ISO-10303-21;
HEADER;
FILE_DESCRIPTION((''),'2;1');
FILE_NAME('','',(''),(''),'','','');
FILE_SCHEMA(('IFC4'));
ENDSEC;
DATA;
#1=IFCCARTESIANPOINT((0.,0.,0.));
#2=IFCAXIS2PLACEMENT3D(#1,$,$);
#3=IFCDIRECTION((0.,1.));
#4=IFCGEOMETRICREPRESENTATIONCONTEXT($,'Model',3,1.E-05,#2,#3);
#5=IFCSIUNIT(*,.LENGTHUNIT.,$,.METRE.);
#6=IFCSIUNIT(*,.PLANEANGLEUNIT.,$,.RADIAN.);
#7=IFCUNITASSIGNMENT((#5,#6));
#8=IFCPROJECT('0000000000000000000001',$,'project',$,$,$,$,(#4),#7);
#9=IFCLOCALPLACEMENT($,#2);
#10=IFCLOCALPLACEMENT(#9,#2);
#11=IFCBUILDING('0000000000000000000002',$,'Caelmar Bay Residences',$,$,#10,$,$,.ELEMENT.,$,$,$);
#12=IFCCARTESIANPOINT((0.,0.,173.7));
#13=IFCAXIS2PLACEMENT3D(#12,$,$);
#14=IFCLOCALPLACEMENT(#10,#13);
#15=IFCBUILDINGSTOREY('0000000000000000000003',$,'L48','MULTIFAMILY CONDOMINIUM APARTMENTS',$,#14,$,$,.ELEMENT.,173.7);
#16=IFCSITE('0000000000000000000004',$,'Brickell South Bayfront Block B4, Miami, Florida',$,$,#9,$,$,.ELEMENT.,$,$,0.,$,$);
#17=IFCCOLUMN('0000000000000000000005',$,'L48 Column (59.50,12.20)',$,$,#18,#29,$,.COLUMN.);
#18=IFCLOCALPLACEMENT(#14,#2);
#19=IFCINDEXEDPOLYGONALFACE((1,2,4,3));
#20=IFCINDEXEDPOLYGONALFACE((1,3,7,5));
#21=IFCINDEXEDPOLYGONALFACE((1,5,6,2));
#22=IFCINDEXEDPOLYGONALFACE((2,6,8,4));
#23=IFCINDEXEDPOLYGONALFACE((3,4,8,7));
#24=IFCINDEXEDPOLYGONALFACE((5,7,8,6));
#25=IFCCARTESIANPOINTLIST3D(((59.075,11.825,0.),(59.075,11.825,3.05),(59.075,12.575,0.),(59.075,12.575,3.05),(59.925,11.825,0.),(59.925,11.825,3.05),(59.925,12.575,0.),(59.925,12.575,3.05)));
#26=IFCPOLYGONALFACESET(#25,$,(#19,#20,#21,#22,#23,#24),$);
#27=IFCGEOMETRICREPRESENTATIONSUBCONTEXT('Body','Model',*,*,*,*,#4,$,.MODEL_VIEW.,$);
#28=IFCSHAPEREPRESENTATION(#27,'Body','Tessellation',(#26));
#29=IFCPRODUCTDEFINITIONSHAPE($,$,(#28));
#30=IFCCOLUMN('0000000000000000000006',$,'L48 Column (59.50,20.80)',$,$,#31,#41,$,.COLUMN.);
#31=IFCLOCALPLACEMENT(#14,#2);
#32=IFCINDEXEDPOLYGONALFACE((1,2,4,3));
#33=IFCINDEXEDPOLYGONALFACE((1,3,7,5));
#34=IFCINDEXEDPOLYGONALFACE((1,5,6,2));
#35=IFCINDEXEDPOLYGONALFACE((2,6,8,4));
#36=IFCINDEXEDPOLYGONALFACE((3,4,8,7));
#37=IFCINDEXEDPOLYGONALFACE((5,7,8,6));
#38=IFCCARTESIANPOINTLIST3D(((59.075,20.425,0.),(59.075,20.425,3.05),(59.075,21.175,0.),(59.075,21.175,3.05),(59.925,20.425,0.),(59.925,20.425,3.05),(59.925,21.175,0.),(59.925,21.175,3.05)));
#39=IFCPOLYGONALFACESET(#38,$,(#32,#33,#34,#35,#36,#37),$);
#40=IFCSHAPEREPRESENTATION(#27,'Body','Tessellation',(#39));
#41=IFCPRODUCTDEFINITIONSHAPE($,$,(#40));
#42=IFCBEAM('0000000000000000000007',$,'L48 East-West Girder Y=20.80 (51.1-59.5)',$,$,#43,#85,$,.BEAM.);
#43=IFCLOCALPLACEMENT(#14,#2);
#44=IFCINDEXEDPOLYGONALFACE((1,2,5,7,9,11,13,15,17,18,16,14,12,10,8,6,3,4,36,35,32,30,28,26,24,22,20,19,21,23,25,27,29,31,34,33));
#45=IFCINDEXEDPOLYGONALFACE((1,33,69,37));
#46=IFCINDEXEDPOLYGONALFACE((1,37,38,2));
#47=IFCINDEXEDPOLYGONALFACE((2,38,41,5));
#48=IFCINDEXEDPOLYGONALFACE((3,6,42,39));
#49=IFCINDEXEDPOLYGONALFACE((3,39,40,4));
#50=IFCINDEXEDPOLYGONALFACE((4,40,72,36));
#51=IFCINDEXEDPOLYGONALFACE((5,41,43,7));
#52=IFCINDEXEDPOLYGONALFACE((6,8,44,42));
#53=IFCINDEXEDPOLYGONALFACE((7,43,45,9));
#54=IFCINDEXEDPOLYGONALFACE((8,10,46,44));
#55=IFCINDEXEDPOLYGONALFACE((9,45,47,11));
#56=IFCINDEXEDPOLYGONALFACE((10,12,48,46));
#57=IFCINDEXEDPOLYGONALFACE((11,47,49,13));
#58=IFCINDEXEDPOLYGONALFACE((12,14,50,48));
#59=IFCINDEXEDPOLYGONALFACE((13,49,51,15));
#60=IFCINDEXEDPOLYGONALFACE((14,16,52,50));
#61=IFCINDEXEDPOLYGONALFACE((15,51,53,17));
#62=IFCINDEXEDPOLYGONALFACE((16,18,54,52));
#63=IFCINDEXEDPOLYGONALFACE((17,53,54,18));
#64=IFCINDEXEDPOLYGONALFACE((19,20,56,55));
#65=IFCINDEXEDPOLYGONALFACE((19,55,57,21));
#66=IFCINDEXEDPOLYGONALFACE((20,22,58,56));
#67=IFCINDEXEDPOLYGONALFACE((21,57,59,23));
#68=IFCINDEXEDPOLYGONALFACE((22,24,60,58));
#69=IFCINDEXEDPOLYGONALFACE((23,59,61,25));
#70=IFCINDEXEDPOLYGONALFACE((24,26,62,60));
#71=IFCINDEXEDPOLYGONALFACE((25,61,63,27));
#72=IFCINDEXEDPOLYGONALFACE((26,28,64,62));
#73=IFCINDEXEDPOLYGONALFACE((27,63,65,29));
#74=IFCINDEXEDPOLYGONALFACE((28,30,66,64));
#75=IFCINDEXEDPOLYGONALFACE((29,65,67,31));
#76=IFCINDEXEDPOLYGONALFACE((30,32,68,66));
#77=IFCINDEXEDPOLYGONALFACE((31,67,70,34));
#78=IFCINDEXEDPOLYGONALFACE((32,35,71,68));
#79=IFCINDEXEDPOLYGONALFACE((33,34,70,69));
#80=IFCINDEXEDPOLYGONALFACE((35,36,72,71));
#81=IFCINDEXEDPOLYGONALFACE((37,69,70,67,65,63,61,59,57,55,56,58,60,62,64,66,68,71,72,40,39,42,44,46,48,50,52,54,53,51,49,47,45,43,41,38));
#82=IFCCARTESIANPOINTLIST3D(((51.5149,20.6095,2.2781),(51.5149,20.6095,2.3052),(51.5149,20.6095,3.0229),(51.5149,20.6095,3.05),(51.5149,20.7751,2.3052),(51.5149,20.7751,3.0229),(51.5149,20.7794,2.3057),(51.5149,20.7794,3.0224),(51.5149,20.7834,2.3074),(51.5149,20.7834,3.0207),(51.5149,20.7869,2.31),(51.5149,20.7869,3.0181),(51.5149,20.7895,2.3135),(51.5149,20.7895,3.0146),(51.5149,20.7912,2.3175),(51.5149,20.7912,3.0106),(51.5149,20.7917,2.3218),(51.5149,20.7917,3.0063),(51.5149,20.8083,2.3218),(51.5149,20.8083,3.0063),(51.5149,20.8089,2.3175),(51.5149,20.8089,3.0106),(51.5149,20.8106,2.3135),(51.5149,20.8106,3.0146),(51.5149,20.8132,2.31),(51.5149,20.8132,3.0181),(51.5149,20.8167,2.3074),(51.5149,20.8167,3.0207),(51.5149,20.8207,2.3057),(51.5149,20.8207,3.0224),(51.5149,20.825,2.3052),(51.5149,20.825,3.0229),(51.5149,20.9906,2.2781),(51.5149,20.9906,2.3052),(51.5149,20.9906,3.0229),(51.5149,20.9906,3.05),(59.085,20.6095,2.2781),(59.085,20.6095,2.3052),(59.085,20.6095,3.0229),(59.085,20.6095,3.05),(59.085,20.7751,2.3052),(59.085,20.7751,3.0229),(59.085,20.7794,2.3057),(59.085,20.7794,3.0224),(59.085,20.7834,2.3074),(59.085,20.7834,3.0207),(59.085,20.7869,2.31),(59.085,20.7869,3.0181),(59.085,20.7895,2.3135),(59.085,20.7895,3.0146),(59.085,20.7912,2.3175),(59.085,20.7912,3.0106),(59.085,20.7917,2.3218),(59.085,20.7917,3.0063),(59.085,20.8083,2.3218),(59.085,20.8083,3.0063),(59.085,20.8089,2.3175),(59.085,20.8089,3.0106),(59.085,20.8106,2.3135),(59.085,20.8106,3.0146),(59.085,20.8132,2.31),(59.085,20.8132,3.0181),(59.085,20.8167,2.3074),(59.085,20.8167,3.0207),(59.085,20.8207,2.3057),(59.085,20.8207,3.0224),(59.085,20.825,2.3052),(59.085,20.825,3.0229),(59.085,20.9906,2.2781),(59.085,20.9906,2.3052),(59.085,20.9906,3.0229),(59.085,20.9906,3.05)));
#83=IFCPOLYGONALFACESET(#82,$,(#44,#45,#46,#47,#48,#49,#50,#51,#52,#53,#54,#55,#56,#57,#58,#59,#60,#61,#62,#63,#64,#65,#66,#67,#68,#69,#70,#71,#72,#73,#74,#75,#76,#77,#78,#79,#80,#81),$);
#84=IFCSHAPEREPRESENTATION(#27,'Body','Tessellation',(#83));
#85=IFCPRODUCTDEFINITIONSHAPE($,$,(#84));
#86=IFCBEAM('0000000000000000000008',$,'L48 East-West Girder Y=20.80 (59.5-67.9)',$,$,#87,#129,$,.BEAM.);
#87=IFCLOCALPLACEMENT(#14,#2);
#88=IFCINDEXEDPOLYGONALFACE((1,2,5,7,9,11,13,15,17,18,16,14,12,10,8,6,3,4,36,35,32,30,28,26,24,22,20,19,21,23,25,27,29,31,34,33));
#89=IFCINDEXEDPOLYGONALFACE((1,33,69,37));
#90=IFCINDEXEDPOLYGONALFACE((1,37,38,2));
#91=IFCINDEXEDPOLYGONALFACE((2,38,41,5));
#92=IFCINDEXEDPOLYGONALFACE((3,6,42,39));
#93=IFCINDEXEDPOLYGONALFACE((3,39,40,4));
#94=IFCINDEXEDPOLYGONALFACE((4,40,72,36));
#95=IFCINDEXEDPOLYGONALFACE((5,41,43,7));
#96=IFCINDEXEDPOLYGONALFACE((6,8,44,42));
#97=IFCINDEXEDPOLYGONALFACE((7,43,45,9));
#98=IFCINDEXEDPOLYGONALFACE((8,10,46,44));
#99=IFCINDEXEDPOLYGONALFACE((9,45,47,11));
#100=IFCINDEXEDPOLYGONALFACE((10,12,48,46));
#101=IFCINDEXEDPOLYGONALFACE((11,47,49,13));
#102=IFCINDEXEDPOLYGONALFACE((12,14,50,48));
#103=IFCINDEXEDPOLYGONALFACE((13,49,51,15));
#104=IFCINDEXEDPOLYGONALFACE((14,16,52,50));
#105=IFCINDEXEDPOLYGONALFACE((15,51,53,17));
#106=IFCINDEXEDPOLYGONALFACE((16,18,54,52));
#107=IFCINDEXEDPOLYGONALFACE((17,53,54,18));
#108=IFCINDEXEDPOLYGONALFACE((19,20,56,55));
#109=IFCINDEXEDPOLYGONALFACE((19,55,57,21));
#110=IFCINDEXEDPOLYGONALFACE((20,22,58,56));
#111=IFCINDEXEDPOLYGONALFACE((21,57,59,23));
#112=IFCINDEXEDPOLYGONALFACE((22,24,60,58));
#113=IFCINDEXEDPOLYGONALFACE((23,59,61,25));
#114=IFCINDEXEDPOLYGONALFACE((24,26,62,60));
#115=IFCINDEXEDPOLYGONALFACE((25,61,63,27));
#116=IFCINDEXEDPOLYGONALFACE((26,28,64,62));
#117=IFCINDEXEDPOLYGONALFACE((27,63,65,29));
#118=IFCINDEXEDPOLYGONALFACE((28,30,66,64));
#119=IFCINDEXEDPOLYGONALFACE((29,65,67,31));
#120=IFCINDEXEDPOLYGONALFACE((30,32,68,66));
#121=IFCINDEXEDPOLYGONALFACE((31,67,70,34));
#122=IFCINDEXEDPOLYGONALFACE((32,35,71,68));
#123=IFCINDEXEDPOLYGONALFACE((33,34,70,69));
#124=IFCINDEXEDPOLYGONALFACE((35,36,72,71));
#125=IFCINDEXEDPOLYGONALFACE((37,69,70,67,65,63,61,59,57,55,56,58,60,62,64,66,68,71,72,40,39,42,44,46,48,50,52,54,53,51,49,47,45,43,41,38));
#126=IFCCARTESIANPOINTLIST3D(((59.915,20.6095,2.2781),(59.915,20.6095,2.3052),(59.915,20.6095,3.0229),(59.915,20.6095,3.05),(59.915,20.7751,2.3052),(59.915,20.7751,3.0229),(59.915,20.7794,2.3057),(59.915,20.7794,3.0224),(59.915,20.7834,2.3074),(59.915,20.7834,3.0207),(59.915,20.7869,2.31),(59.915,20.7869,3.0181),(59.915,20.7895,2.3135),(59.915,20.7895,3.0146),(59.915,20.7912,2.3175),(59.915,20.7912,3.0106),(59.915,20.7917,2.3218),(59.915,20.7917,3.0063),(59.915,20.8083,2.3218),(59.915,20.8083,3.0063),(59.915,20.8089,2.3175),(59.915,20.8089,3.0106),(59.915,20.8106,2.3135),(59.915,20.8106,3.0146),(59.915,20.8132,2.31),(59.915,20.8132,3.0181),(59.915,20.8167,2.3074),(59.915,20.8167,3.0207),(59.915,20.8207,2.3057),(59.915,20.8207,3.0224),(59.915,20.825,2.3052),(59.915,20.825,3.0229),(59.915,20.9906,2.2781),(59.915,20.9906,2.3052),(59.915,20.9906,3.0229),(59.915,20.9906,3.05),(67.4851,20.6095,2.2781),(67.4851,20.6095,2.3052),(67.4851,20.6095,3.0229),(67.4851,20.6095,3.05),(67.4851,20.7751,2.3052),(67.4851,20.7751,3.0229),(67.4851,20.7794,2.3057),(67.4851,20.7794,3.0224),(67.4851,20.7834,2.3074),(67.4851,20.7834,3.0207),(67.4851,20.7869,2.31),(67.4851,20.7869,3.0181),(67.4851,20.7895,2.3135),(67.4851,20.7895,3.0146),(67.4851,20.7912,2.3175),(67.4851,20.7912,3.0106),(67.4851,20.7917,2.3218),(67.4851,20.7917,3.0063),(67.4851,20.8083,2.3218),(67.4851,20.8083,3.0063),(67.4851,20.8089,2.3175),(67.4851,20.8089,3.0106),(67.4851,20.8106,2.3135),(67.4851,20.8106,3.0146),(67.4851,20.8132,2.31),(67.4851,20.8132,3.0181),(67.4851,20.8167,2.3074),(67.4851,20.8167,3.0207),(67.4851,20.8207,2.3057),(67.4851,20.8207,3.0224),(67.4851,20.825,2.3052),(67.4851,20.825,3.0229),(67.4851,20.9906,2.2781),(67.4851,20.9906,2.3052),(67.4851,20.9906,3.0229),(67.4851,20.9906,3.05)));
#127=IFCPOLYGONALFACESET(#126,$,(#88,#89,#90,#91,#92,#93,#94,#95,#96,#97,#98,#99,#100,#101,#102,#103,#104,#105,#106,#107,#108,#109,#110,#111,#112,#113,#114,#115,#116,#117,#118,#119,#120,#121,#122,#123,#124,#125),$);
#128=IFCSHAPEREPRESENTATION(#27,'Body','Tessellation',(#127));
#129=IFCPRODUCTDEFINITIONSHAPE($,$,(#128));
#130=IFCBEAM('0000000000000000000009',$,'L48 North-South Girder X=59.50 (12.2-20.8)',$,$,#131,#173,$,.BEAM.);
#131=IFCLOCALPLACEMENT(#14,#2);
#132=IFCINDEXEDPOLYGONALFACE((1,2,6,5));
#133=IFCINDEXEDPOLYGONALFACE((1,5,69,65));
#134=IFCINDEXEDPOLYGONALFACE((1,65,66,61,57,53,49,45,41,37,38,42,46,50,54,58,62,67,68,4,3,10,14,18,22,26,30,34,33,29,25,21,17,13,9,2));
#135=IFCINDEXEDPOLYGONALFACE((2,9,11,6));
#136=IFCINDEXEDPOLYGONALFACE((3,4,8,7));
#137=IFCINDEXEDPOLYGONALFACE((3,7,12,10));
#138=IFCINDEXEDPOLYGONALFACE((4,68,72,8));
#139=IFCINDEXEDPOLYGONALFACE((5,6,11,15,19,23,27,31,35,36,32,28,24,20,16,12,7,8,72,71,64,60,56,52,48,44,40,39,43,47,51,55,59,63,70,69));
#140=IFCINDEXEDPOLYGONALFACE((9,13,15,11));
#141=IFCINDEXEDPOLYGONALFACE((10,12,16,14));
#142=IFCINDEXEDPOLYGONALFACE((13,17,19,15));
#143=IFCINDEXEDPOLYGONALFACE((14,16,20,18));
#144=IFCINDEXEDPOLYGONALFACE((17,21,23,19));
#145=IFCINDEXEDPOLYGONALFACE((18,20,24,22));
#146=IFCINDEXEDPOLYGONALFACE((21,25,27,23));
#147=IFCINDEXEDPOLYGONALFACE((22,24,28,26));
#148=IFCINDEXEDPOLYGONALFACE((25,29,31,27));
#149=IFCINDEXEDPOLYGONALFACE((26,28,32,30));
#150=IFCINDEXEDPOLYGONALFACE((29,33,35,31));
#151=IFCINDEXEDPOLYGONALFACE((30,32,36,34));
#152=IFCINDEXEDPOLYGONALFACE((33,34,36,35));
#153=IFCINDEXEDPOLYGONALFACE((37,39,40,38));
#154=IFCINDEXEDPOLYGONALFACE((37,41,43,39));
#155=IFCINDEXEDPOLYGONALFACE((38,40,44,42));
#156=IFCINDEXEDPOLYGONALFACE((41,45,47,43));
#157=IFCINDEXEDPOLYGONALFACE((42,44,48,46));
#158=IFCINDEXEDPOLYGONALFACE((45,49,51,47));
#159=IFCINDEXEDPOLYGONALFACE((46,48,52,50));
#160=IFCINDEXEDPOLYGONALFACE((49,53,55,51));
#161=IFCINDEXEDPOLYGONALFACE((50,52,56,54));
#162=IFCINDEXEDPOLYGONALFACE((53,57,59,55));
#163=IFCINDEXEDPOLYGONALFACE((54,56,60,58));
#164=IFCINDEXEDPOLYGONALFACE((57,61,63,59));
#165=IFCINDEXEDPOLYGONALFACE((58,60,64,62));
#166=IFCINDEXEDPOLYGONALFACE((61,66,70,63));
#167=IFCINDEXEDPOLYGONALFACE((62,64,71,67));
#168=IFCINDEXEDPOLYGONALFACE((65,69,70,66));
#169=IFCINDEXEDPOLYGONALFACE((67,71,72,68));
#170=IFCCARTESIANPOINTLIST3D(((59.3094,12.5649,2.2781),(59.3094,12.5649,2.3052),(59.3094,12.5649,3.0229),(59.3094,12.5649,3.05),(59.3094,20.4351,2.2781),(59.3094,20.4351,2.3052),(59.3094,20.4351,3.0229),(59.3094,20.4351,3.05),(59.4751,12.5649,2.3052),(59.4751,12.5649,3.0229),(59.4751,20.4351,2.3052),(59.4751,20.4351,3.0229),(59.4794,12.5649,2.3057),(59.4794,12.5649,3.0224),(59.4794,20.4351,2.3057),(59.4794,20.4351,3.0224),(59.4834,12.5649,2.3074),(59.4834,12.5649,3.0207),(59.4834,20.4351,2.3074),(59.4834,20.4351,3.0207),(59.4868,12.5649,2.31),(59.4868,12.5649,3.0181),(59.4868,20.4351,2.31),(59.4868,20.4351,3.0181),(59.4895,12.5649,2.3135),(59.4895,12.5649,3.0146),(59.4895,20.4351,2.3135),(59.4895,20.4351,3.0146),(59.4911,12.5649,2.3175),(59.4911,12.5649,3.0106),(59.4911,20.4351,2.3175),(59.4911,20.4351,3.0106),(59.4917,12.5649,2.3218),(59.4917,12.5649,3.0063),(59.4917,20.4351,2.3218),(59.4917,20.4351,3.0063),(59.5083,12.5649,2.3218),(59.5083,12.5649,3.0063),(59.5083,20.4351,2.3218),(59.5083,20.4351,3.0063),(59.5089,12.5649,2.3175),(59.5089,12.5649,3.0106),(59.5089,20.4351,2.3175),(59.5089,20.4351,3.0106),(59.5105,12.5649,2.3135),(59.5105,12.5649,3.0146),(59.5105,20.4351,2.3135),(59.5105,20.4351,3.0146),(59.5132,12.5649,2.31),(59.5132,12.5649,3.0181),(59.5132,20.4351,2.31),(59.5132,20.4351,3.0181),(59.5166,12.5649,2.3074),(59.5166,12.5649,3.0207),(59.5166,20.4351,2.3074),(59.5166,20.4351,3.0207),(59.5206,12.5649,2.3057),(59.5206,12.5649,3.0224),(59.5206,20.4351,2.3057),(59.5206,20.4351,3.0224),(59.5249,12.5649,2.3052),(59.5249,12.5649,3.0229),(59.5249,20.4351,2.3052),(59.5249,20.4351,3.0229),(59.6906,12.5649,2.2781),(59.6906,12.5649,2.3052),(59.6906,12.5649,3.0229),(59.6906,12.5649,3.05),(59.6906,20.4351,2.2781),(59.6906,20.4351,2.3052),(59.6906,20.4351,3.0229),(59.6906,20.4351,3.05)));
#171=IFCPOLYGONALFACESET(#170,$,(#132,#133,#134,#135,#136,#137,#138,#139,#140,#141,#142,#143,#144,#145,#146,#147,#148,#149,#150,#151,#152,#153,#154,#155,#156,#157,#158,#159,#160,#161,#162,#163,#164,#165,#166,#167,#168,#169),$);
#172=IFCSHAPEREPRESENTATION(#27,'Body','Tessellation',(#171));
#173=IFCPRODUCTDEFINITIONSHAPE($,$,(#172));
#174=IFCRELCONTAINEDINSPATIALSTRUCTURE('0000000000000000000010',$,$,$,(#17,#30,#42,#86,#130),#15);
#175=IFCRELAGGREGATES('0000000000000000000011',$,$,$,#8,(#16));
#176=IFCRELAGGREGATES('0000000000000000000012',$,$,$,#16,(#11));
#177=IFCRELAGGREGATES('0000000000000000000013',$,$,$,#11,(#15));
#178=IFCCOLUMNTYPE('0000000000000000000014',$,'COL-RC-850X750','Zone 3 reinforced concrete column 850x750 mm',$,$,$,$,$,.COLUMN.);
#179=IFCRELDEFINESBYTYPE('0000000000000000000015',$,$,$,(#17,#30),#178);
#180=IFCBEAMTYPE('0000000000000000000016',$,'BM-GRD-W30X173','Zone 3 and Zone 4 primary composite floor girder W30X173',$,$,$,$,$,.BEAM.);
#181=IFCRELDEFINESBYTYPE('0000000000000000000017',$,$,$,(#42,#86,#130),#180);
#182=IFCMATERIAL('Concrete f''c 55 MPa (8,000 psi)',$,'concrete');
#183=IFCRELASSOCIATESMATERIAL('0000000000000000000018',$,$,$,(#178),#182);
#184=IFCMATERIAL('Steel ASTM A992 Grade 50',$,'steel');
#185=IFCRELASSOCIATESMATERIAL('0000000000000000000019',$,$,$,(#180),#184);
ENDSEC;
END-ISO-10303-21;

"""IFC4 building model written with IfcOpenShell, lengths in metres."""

from ifc_helpers import new_model, si_unit, direction, frame, origin, origin_2d, place, context, subcontext, project, spatial, rectangle, i_section, extrude, material, material_profile, profile_set, type_object, element, save


model = new_model("IFC4")

# Units and contexts
model_context = context("Model", 3, precision=1e-05, world=origin(), true_north=direction((0.0, 1.0)))
body_context = subcontext(model_context, "Body", "Model", "MODEL_VIEW")
ifc_project = project(units=[si_unit("LENGTHUNIT", "METRE"), si_unit("PLANEANGLEUNIT", "RADIAN")], contexts=[model_context])

# Site, building, storey
site_placement = place(None, origin())
site = spatial("IfcSite", under=ifc_project, at=site_placement, Name="Brickell South Bayfront Block B4, Miami, Florida", CompositionType="ELEMENT", RefElevation=0.0)
building_placement = place(site_placement, origin())
building = spatial("IfcBuilding", under=site, at=building_placement, Name="Caelmar Bay Residences", CompositionType="ELEMENT")
storey_placement = place(building_placement, frame((0.0, 0.0, 173.7)))
storey = spatial("IfcBuildingStorey", under=building, at=storey_placement, Name="L48", Description="MULTIFAMILY CONDOMINIUM APARTMENTS", CompositionType="ELEMENT", Elevation=173.7)

# Columns
ifc_material_1 = material(Name="Concrete f'c 55 MPa (8,000 psi)", Category="concrete")
ifc_material_profile_1 = material_profile(ifc_material_1, rectangle(XDim=0.8501, YDim=0.75, at=origin_2d()), Name="RC-COL-850X750")
ifc_profile_set_1 = profile_set([ifc_material_profile_1], Name="Concrete f'c 55 MPa (8,000 psi)")
column_type = type_object("IfcColumnType", Name="COL-RC-850X750", Description="Zone 3 reinforced concrete column 850x750 mm", PredefinedType="COLUMN", material=ifc_profile_set_1)
for number, where, z_axis, x_axis, name in (
    (1, (59.5, 12.2, 0.0), (0.0, 0.0, 1.0), (1.0, 0.0, 0.0), "L48 Column (59.50,12.20)"),
    (2, (59.5, 20.8, 0.0), (0.0, 0.0, 1.0), (1.0, 0.0, 0.0), "L48 Column (59.50,20.80)"),
):
    element("IfcColumn", number, at=place(storey_placement, frame(where, z_axis=z_axis, x_axis=x_axis)), inside=storey, type_object=column_type, Name=name, PredefinedType="COLUMN", context=body_context, shape_type="SweptSolid", body=[
        extrude(rectangle(XDim=0.8501, YDim=0.75, at=origin_2d()), origin(), (0.0, 0.0, 1.0), 3.05),
    ])

# Beams
ifc_material_2 = material(Name="Steel ASTM A992 Grade 50", Category="steel")
ifc_material_profile_2 = material_profile(ifc_material_2, i_section(OverallWidth=0.3811, OverallDepth=0.772, WebThickness=0.0166, FlangeThickness=0.0271, FilletRadius=0.0166, at=origin_2d()), Name="W30X173")
ifc_profile_set_2 = profile_set([ifc_material_profile_2], Name="Steel ASTM A992 Grade 50")
beam_type_1 = type_object("IfcBeamType", Name="BM-GRD-W30X173", Description="Zone 3 and Zone 4 primary composite floor girder W30X173", PredefinedType="BEAM", material=ifc_profile_set_2)
for number, where, z_axis, x_axis, name in (
    (3, (51.5149, 20.8, 2.6641), (1.0, 0.0, 0.0), (0.0, 1.0, 0.0), "L48 East-West Girder Y=20.80 (51.1-59.5)"),
    (4, (59.915, 20.8, 2.6641), (1.0, 0.0, 0.0), (0.0, 1.0, 0.0), "L48 East-West Girder Y=20.80 (59.5-67.9)"),
):
    element("IfcBeam", number, at=place(storey_placement, frame(where, z_axis=z_axis, x_axis=x_axis)), inside=storey, type_object=beam_type_1, Name=name, PredefinedType="BEAM", context=body_context, shape_type="SweptSolid", body=[
        extrude(i_section(OverallWidth=0.3811, OverallDepth=0.772, WebThickness=0.0166, FlangeThickness=0.0271, FilletRadius=0.0166, at=origin_2d()), origin(), (0.0, 0.0, 1.0), 7.5701),
    ])
beam_1_placement = place(storey_placement, frame((59.5, 12.5649, 2.6641), z_axis=(0.0, 1.0, 0.0), x_axis=(-1.0, 0.0, 0.0)))
element("IfcBeam", 5, at=beam_1_placement, inside=storey, type_object=beam_type_1, Name="L48 North-South Girder X=59.50 (12.2-20.8)", PredefinedType="BEAM", context=body_context, shape_type="SweptSolid", body=[
    extrude(i_section(OverallWidth=0.3811, OverallDepth=0.772, WebThickness=0.0166, FlangeThickness=0.0271, FilletRadius=0.0166, at=origin_2d()), origin(), (0.0, 0.0, 1.0), 7.8701),
])

save(model, "model.ifc")
